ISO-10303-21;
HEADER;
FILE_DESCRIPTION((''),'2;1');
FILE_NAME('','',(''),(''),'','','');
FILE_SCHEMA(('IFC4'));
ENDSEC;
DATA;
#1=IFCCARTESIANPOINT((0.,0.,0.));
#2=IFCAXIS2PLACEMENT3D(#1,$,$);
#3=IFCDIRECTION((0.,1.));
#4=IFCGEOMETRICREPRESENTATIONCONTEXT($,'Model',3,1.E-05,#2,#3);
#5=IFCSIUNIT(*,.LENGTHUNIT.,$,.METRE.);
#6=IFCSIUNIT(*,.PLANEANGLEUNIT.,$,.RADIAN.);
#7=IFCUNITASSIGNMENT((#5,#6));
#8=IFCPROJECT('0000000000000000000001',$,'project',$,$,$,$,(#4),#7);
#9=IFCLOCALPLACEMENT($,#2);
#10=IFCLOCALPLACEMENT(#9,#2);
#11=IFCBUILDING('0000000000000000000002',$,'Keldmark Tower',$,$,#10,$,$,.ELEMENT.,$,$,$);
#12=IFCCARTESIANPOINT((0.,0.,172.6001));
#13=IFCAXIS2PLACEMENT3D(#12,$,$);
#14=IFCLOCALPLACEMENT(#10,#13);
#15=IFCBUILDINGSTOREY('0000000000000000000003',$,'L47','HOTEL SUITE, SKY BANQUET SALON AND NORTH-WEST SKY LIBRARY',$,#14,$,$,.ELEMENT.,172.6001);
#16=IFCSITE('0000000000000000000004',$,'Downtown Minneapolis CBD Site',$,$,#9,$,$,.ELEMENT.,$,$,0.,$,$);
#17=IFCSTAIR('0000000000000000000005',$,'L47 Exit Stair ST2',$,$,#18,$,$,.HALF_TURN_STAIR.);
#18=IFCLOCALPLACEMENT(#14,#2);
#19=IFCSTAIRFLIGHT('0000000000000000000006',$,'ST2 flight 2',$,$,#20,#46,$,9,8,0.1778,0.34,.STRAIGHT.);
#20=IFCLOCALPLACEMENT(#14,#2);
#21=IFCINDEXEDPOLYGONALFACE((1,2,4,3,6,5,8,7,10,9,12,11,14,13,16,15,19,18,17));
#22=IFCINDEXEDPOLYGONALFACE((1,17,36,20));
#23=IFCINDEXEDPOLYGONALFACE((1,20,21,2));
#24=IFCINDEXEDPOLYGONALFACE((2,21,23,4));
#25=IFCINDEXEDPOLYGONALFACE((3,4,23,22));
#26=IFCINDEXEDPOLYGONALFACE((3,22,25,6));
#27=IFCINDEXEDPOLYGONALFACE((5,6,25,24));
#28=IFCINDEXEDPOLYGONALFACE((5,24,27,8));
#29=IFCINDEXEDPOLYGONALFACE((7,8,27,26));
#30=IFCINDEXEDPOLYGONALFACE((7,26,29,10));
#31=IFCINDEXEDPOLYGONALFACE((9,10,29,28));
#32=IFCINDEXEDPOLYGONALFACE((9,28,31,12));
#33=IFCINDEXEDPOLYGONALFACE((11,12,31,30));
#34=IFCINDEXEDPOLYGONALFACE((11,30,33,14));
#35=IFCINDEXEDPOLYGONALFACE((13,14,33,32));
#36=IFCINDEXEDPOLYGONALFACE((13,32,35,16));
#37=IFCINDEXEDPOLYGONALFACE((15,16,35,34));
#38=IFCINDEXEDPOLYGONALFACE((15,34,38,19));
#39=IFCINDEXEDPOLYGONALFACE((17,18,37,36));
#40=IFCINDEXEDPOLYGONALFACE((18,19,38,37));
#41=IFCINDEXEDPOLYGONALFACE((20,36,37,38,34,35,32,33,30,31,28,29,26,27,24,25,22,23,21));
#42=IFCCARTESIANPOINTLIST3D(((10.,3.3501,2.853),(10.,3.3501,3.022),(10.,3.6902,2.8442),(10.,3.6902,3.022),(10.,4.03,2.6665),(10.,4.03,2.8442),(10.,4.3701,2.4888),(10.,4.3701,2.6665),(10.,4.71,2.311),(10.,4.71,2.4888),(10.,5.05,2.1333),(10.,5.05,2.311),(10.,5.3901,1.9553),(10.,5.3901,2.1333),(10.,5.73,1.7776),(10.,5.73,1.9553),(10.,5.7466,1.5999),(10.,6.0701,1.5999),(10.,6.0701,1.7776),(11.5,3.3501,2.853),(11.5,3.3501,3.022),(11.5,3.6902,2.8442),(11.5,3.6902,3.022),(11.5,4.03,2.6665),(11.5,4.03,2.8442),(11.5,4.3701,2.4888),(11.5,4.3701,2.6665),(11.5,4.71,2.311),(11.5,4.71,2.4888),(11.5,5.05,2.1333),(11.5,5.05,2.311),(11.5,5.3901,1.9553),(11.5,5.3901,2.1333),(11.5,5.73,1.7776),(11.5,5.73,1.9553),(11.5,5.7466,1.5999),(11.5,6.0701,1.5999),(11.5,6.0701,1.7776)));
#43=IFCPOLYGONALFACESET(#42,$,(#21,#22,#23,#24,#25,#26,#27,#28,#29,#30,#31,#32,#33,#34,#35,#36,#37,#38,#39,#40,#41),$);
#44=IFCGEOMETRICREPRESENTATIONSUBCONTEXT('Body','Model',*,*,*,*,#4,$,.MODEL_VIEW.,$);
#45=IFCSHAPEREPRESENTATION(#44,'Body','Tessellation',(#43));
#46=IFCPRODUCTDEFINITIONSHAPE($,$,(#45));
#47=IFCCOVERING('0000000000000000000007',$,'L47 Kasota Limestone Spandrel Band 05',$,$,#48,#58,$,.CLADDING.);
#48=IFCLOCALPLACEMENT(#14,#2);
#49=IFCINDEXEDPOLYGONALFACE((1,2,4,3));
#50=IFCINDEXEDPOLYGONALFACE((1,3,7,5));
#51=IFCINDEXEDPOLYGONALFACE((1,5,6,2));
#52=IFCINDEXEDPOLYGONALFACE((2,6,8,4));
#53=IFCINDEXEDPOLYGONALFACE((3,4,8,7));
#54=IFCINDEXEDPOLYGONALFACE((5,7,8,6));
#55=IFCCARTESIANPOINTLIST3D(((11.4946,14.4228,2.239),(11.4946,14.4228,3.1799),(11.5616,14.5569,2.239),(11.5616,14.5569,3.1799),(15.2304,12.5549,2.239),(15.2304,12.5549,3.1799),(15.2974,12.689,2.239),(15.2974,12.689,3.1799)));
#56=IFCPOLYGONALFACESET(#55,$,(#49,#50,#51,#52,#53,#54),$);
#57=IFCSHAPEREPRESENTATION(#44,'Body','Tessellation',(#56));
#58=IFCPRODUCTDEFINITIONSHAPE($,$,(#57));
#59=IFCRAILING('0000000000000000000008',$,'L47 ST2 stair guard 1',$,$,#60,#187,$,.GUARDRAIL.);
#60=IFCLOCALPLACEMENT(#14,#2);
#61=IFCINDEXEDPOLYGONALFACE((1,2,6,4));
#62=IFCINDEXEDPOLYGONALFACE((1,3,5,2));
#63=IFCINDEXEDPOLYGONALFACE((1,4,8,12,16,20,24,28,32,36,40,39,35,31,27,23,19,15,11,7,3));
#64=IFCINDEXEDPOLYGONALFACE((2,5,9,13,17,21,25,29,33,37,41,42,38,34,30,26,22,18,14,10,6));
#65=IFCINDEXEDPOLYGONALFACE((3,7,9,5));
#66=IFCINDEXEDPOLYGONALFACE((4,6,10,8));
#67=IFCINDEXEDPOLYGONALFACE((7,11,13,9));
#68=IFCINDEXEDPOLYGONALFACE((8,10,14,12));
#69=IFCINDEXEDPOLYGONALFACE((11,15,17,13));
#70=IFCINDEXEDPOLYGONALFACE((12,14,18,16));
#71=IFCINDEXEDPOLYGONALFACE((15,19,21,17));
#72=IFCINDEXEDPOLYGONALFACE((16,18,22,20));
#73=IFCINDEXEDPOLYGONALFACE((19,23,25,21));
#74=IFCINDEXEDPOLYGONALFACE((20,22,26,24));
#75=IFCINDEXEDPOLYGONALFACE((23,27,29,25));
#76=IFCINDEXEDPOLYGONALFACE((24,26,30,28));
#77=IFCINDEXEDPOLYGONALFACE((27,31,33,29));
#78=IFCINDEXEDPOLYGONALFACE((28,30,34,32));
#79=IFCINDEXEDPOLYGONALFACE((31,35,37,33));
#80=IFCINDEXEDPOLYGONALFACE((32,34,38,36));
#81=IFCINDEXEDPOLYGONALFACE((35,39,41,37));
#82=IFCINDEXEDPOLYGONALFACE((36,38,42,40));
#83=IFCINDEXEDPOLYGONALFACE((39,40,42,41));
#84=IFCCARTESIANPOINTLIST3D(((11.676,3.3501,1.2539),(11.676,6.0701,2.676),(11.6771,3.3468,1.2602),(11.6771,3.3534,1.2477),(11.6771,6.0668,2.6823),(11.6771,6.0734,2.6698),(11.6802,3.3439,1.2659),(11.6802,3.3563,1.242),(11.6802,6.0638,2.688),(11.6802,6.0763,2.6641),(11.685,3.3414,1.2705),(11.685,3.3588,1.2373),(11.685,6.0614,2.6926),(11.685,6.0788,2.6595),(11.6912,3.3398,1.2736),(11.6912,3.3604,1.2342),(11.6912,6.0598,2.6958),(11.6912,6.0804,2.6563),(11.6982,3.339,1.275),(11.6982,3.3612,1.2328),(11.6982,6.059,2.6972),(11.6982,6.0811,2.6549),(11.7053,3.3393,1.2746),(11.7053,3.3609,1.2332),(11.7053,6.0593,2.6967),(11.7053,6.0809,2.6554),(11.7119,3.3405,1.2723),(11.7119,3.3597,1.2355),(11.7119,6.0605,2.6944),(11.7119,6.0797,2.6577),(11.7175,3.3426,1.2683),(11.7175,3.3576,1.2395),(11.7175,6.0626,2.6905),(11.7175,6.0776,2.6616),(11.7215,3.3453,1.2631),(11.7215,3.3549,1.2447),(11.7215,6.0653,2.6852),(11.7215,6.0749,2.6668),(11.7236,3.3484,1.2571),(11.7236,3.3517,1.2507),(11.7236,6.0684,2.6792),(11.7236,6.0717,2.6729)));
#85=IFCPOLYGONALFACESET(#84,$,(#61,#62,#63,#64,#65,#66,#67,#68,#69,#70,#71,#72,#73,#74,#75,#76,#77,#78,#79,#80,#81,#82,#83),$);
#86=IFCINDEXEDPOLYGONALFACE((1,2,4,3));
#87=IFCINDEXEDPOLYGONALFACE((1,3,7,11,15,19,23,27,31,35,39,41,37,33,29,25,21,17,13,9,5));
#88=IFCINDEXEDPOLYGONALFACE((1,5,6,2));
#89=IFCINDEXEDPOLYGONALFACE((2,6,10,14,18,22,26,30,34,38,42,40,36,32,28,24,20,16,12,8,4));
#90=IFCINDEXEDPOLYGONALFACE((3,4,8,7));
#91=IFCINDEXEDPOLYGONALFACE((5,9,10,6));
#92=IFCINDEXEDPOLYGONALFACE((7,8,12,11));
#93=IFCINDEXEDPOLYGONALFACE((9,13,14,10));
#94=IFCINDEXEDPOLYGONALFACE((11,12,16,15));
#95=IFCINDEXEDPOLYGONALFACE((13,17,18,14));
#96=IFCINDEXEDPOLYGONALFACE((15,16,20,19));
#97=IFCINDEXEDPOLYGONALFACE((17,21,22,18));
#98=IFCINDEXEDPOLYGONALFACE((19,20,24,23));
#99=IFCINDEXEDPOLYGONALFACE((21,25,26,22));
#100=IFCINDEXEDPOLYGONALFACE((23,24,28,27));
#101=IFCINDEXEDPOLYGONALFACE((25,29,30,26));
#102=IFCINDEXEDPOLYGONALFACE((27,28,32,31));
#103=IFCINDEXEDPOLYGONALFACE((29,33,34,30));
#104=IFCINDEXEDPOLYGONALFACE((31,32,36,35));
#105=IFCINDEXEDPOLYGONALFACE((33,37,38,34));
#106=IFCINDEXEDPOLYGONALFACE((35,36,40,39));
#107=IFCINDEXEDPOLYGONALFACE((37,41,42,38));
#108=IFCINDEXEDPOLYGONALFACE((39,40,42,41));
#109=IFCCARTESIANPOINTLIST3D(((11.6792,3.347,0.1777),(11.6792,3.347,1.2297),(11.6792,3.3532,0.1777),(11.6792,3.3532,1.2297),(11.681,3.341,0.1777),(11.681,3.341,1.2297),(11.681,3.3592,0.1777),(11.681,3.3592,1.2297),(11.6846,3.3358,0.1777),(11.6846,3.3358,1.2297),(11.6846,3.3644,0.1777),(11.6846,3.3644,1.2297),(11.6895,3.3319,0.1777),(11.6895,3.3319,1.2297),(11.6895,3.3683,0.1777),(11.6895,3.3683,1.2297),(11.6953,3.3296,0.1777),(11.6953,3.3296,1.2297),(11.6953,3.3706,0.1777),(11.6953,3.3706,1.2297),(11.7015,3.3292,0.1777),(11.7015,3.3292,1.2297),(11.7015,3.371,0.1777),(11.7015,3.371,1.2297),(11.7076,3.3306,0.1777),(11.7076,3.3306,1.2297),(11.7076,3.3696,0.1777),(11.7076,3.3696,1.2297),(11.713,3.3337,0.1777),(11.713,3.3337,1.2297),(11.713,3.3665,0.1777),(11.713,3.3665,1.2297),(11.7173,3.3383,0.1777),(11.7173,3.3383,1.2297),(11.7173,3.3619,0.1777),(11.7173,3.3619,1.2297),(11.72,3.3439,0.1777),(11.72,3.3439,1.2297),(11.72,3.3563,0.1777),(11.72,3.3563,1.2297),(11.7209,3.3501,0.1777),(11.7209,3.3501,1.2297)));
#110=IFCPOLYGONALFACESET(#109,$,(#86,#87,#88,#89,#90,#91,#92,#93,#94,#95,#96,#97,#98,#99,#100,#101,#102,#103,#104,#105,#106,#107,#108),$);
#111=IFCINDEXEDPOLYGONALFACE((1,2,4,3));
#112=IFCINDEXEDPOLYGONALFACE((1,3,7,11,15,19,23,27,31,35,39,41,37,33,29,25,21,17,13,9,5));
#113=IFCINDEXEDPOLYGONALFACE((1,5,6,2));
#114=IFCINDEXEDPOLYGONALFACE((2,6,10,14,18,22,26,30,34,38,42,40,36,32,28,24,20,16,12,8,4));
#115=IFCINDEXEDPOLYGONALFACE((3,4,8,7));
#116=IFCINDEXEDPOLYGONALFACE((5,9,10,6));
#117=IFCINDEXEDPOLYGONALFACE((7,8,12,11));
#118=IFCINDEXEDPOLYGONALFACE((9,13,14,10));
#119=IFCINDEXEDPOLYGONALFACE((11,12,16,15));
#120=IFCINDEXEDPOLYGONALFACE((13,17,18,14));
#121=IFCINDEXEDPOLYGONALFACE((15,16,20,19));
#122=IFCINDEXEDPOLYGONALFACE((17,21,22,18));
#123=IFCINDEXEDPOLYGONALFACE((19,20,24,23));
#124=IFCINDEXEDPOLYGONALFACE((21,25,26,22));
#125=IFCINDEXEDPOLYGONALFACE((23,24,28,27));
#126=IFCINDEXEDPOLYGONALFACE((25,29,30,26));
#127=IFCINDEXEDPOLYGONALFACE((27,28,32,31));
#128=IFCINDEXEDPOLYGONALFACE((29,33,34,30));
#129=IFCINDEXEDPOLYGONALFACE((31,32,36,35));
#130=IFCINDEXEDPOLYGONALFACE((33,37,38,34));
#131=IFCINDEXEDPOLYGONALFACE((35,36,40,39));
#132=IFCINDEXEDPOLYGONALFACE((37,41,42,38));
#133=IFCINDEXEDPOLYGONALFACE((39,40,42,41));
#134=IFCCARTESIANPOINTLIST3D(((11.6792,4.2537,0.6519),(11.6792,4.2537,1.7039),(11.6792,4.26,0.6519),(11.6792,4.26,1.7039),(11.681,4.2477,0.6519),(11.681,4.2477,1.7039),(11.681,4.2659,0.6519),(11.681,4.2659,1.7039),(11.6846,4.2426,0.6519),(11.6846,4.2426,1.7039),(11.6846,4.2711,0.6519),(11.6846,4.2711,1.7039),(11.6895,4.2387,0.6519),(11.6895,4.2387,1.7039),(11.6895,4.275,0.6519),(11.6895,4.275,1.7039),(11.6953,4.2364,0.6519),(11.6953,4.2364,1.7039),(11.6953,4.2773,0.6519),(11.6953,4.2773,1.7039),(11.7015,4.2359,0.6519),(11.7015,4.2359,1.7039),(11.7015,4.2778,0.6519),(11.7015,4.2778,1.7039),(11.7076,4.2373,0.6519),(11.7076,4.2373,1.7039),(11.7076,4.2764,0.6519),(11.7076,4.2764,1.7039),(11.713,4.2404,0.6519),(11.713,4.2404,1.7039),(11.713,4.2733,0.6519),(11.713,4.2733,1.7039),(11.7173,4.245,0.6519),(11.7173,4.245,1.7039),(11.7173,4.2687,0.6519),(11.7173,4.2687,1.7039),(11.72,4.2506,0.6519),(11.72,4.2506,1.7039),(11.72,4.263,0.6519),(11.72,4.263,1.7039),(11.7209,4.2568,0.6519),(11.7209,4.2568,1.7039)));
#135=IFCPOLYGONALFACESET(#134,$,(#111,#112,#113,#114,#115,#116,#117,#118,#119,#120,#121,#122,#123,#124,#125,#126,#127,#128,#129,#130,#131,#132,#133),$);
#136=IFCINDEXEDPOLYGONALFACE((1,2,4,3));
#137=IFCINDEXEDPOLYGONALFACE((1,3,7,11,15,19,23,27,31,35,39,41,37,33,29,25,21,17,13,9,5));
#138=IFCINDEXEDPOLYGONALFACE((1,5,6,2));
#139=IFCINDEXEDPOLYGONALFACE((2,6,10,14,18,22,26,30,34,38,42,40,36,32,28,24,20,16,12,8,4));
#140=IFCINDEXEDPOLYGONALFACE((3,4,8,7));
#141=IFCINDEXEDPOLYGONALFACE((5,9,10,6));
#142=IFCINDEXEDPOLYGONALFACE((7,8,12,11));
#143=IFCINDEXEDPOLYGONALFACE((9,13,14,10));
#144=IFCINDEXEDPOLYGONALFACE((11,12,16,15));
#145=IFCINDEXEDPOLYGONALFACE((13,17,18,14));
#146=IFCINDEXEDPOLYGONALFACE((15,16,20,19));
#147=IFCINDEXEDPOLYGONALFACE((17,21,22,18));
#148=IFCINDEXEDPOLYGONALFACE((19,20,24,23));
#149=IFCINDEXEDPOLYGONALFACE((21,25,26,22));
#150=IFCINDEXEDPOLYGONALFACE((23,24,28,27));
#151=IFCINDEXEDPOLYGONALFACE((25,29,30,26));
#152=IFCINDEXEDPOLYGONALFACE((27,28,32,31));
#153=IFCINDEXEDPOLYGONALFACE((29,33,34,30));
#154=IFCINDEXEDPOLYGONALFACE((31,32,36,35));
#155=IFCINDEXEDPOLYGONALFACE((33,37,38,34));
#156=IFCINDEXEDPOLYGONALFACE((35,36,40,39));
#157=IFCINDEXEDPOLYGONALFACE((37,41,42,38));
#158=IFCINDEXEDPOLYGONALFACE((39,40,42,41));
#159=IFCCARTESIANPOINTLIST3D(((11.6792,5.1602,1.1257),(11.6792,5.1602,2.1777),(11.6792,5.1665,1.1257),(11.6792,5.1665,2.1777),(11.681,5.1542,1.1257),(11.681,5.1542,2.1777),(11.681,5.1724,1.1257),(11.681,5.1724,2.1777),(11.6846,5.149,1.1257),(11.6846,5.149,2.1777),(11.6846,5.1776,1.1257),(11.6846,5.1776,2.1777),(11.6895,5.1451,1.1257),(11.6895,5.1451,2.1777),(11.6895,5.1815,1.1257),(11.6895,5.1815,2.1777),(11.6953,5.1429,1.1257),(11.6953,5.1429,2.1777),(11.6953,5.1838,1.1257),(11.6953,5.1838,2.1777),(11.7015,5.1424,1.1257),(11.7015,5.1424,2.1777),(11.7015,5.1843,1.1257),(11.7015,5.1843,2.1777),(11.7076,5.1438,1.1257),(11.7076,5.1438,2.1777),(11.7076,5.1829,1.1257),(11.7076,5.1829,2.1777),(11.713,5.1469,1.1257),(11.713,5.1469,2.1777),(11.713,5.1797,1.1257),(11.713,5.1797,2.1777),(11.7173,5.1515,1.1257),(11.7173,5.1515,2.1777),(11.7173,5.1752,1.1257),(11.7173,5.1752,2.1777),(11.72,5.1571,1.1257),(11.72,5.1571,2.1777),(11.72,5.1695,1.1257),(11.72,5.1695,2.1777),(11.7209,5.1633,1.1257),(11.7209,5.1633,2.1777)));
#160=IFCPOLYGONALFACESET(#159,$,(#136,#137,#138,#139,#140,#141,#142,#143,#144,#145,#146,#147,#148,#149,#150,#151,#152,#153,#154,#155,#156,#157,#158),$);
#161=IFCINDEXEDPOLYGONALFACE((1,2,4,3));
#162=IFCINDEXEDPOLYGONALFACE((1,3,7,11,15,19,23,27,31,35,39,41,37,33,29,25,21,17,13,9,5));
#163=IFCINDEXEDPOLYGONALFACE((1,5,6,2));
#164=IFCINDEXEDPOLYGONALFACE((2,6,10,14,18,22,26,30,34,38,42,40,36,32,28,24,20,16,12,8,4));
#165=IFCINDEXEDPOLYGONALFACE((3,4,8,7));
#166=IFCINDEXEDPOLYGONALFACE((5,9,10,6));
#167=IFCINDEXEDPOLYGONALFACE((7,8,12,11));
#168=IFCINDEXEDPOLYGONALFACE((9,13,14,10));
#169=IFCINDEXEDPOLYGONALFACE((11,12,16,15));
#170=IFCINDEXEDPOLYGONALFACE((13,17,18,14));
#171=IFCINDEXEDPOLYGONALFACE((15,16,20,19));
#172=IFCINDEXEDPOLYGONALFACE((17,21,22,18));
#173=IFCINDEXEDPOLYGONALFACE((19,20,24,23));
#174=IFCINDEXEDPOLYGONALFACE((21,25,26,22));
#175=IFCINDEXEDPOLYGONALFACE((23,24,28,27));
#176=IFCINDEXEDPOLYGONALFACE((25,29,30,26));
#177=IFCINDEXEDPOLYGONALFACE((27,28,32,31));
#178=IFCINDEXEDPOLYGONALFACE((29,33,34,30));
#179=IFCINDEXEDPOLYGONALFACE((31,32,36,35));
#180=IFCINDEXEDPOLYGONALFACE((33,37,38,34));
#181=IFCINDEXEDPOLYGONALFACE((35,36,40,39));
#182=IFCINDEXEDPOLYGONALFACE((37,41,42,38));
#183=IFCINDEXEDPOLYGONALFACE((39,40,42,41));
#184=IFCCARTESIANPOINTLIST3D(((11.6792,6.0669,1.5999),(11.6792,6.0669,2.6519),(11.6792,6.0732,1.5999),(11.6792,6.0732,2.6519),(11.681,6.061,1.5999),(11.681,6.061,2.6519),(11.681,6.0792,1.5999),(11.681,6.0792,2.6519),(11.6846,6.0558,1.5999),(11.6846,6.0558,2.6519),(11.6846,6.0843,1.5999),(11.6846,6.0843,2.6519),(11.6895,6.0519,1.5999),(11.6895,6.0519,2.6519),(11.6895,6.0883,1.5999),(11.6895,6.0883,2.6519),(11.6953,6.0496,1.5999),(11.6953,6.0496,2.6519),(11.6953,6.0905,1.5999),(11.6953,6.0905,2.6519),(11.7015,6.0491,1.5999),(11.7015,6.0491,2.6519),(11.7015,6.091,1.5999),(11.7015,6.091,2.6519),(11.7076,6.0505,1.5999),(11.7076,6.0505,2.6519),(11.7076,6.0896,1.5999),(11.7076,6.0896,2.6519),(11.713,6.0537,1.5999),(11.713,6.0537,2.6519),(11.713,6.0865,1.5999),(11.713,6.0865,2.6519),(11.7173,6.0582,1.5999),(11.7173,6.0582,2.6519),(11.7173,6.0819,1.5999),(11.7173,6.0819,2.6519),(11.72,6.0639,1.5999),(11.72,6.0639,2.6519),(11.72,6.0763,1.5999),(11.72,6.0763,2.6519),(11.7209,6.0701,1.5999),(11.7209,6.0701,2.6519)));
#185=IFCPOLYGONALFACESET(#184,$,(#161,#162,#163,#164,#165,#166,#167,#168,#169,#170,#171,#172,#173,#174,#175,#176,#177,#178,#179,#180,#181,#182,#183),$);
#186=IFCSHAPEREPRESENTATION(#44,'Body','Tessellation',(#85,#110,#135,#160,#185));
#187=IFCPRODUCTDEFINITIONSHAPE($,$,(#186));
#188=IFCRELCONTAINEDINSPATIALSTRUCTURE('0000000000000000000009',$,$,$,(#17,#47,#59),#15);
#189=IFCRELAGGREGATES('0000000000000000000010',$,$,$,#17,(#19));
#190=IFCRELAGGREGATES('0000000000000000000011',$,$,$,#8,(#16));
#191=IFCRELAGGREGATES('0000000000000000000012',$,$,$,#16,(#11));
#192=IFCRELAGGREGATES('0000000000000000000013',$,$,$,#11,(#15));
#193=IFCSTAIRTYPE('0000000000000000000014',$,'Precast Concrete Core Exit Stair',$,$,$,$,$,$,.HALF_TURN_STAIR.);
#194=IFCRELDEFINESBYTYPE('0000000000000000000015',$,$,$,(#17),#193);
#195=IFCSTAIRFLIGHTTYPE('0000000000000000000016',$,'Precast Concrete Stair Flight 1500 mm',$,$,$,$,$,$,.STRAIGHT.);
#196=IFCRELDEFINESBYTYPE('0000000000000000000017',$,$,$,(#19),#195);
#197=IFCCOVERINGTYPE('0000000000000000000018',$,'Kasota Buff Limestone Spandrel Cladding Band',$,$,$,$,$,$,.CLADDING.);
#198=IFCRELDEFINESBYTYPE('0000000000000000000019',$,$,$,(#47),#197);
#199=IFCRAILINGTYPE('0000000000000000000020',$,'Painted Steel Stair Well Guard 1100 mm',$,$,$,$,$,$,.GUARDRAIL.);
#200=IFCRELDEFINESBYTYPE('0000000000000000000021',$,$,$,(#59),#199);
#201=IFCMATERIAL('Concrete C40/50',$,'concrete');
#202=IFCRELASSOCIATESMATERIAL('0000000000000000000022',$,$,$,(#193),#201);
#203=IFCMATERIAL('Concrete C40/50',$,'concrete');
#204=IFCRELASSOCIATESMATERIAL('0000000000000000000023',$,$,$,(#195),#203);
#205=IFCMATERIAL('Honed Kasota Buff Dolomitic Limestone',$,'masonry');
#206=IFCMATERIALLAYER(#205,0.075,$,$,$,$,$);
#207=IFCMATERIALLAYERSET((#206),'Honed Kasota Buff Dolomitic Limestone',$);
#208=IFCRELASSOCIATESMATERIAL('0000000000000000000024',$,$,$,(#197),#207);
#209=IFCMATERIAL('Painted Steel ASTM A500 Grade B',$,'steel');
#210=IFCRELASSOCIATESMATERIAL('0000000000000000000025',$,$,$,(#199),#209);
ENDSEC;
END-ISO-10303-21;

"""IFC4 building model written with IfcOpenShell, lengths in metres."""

from ifc_helpers import new_model, si_unit, direction, frame, origin, origin_2d, place, context, subcontext, project, spatial, polyline, rectangle, circle, outline, extrude, material, layer, layer_set, type_object, element, aggregate, save


model = new_model("IFC4")

# Units and contexts
model_context = context("Model", 3, precision=1e-05, world=origin(), true_north=direction((0.0, 1.0)))
body_context = subcontext(model_context, "Body", "Model", "MODEL_VIEW")
ifc_project = project(units=[si_unit("LENGTHUNIT", "METRE"), si_unit("PLANEANGLEUNIT", "RADIAN")], contexts=[model_context])

# Site, building, storey
site_placement = place(None, origin())
site = spatial("IfcSite", under=ifc_project, at=site_placement, Name="Downtown Minneapolis CBD Site", CompositionType="ELEMENT", RefElevation=0.0)
building_placement = place(site_placement, origin())
building = spatial("IfcBuilding", under=site, at=building_placement, Name="Keldmark Tower", CompositionType="ELEMENT")
storey_placement = place(building_placement, frame((0.0, 0.0, 172.6001)))
storey = spatial("IfcBuildingStorey", under=building, at=storey_placement, Name="L47", Description="HOTEL SUITE, SKY BANQUET SALON AND NORTH-WEST SKY LIBRARY", CompositionType="ELEMENT", Elevation=172.6001)

# Stair, stair flight
ifc_material_1 = material(Name="Concrete C40/50", Category="concrete")
stair_type = type_object("IfcStairType", Name="Precast Concrete Core Exit Stair", PredefinedType="HALF_TURN_STAIR", material=ifc_material_1)
stair_placement = place(storey_placement, origin())
stair = element("IfcStair", 1, at=stair_placement, inside=storey, type_object=stair_type, Name="L47 Exit Stair ST2", PredefinedType="HALF_TURN_STAIR")
ifc_material_2 = material(Name="Concrete C40/50", Category="concrete")
stair_flight_type = type_object("IfcStairFlightType", Name="Precast Concrete Stair Flight 1500 mm", PredefinedType="STRAIGHT", material=ifc_material_2)
stair_flight_1_placement = place(storey_placement, frame((10.75, 6.0701, 1.5999), z_axis=(0.0, 0.0, 1.0), x_axis=(0.0, -1.0, 0.0)))
stair_flight_1 = element("IfcStairFlight", 2, at=stair_flight_1_placement, type_object=stair_flight_type, Name="ST2 flight 2", NumberOfRisers=9, NumberOfTreads=8, PredefinedType="STRAIGHT", RiserHeight=0.1778, TreadLength=0.34, context=body_context, shape_type="SweptSolid", body=[
    extrude(outline(polyline([(0.0, 0.0), (0.0, 0.1777), (0.3401, 0.1777), (0.3401, 0.3555), (0.6799, 0.3555), (0.6799, 0.5334), (1.02, 0.5334), (1.02, 0.7112), (1.3601, 0.7112), (1.3601, 0.8889), (1.7, 0.8889), (1.7, 1.0667), (2.04, 1.0667), (2.04, 1.2444), (2.3799, 1.2444), (2.3799, 1.4221), (2.72, 1.4221), (2.72, 1.6001), (2.72, 1.2532), (0.3235, 0.0), (0.0, 0.0)])), frame((0.0, 0.75, 0.0), z_axis=(0.0, -1.0, 0.0), x_axis=(1.0, 0.0, 0.0)), (0.0, 0.0, 1.0), 1.5),
])
aggregate(stair, [stair_flight_1])

# Covering
ifc_material_3 = material(Name="Honed Kasota Buff Dolomitic Limestone", Category="masonry")
ifc_layer_1 = layer(ifc_material_3, 0.075)
ifc_layer_set_1 = layer_set([ifc_layer_1], Name="Honed Kasota Buff Dolomitic Limestone")
covering_type = type_object("IfcCoveringType", Name="Kasota Buff Limestone Spandrel Cladding Band", PredefinedType="CLADDING", material=ifc_layer_set_1)
covering_placement = place(storey_placement, frame((13.396, 13.5559, 2.239), z_axis=(0.0, 0.0, 1.0), x_axis=(-0.894428, 0.447213, 0.0)))
element("IfcCovering", 3, at=covering_placement, inside=storey, type_object=covering_type, Name="L47 Kasota Limestone Spandrel Band 05", PredefinedType="CLADDING", context=body_context, shape_type="SweptSolid", body=[
    extrude(rectangle(XDim=4.1768, YDim=0.1499, at=origin_2d()), origin(), (0.0, 0.0, 1.0), 0.9409),
])

# Railing
ifc_material_4 = material(Name="Painted Steel ASTM A500 Grade B", Category="steel")
railing_type_1 = type_object("IfcRailingType", Name="Painted Steel Stair Well Guard 1100 mm", PredefinedType="GUARDRAIL", material=ifc_material_4)
railing_1_placement = place(storey_placement, frame((11.7, 3.3501, 0.1777)))
element("IfcRailing", 4, at=railing_1_placement, inside=storey, type_object=railing_type_1, Name="L47 ST2 stair guard 1", PredefinedType="GUARDRAIL", context=body_context, shape_type="SweptSolid", body=[
    extrude(circle(Radius=0.0239, at=origin_2d()), frame((0.0, 0.0, 1.0762), z_axis=(0.0, 0.886183, 0.463335), x_axis=(-1.0, 0.0, 0.0)), (0.0, 0.0, 1.0), 3.0693),
    extrude(circle(Radius=0.021, at=origin_2d()), origin(), (0.0, 0.0, 1.0), 1.052),
    extrude(circle(Radius=0.021, at=origin_2d()), frame((0.0, 0.9067, 0.4741)), (0.0, 0.0, 1.0), 1.052),
    extrude(circle(Radius=0.021, at=origin_2d()), frame((0.0, 1.8132, 0.948)), (0.0, 0.0, 1.0), 1.052),
    extrude(circle(Radius=0.021, at=origin_2d()), frame((0.0, 2.72, 1.4221)), (0.0, 0.0, 1.0), 1.052),
])

save(model, "model.ifc")
